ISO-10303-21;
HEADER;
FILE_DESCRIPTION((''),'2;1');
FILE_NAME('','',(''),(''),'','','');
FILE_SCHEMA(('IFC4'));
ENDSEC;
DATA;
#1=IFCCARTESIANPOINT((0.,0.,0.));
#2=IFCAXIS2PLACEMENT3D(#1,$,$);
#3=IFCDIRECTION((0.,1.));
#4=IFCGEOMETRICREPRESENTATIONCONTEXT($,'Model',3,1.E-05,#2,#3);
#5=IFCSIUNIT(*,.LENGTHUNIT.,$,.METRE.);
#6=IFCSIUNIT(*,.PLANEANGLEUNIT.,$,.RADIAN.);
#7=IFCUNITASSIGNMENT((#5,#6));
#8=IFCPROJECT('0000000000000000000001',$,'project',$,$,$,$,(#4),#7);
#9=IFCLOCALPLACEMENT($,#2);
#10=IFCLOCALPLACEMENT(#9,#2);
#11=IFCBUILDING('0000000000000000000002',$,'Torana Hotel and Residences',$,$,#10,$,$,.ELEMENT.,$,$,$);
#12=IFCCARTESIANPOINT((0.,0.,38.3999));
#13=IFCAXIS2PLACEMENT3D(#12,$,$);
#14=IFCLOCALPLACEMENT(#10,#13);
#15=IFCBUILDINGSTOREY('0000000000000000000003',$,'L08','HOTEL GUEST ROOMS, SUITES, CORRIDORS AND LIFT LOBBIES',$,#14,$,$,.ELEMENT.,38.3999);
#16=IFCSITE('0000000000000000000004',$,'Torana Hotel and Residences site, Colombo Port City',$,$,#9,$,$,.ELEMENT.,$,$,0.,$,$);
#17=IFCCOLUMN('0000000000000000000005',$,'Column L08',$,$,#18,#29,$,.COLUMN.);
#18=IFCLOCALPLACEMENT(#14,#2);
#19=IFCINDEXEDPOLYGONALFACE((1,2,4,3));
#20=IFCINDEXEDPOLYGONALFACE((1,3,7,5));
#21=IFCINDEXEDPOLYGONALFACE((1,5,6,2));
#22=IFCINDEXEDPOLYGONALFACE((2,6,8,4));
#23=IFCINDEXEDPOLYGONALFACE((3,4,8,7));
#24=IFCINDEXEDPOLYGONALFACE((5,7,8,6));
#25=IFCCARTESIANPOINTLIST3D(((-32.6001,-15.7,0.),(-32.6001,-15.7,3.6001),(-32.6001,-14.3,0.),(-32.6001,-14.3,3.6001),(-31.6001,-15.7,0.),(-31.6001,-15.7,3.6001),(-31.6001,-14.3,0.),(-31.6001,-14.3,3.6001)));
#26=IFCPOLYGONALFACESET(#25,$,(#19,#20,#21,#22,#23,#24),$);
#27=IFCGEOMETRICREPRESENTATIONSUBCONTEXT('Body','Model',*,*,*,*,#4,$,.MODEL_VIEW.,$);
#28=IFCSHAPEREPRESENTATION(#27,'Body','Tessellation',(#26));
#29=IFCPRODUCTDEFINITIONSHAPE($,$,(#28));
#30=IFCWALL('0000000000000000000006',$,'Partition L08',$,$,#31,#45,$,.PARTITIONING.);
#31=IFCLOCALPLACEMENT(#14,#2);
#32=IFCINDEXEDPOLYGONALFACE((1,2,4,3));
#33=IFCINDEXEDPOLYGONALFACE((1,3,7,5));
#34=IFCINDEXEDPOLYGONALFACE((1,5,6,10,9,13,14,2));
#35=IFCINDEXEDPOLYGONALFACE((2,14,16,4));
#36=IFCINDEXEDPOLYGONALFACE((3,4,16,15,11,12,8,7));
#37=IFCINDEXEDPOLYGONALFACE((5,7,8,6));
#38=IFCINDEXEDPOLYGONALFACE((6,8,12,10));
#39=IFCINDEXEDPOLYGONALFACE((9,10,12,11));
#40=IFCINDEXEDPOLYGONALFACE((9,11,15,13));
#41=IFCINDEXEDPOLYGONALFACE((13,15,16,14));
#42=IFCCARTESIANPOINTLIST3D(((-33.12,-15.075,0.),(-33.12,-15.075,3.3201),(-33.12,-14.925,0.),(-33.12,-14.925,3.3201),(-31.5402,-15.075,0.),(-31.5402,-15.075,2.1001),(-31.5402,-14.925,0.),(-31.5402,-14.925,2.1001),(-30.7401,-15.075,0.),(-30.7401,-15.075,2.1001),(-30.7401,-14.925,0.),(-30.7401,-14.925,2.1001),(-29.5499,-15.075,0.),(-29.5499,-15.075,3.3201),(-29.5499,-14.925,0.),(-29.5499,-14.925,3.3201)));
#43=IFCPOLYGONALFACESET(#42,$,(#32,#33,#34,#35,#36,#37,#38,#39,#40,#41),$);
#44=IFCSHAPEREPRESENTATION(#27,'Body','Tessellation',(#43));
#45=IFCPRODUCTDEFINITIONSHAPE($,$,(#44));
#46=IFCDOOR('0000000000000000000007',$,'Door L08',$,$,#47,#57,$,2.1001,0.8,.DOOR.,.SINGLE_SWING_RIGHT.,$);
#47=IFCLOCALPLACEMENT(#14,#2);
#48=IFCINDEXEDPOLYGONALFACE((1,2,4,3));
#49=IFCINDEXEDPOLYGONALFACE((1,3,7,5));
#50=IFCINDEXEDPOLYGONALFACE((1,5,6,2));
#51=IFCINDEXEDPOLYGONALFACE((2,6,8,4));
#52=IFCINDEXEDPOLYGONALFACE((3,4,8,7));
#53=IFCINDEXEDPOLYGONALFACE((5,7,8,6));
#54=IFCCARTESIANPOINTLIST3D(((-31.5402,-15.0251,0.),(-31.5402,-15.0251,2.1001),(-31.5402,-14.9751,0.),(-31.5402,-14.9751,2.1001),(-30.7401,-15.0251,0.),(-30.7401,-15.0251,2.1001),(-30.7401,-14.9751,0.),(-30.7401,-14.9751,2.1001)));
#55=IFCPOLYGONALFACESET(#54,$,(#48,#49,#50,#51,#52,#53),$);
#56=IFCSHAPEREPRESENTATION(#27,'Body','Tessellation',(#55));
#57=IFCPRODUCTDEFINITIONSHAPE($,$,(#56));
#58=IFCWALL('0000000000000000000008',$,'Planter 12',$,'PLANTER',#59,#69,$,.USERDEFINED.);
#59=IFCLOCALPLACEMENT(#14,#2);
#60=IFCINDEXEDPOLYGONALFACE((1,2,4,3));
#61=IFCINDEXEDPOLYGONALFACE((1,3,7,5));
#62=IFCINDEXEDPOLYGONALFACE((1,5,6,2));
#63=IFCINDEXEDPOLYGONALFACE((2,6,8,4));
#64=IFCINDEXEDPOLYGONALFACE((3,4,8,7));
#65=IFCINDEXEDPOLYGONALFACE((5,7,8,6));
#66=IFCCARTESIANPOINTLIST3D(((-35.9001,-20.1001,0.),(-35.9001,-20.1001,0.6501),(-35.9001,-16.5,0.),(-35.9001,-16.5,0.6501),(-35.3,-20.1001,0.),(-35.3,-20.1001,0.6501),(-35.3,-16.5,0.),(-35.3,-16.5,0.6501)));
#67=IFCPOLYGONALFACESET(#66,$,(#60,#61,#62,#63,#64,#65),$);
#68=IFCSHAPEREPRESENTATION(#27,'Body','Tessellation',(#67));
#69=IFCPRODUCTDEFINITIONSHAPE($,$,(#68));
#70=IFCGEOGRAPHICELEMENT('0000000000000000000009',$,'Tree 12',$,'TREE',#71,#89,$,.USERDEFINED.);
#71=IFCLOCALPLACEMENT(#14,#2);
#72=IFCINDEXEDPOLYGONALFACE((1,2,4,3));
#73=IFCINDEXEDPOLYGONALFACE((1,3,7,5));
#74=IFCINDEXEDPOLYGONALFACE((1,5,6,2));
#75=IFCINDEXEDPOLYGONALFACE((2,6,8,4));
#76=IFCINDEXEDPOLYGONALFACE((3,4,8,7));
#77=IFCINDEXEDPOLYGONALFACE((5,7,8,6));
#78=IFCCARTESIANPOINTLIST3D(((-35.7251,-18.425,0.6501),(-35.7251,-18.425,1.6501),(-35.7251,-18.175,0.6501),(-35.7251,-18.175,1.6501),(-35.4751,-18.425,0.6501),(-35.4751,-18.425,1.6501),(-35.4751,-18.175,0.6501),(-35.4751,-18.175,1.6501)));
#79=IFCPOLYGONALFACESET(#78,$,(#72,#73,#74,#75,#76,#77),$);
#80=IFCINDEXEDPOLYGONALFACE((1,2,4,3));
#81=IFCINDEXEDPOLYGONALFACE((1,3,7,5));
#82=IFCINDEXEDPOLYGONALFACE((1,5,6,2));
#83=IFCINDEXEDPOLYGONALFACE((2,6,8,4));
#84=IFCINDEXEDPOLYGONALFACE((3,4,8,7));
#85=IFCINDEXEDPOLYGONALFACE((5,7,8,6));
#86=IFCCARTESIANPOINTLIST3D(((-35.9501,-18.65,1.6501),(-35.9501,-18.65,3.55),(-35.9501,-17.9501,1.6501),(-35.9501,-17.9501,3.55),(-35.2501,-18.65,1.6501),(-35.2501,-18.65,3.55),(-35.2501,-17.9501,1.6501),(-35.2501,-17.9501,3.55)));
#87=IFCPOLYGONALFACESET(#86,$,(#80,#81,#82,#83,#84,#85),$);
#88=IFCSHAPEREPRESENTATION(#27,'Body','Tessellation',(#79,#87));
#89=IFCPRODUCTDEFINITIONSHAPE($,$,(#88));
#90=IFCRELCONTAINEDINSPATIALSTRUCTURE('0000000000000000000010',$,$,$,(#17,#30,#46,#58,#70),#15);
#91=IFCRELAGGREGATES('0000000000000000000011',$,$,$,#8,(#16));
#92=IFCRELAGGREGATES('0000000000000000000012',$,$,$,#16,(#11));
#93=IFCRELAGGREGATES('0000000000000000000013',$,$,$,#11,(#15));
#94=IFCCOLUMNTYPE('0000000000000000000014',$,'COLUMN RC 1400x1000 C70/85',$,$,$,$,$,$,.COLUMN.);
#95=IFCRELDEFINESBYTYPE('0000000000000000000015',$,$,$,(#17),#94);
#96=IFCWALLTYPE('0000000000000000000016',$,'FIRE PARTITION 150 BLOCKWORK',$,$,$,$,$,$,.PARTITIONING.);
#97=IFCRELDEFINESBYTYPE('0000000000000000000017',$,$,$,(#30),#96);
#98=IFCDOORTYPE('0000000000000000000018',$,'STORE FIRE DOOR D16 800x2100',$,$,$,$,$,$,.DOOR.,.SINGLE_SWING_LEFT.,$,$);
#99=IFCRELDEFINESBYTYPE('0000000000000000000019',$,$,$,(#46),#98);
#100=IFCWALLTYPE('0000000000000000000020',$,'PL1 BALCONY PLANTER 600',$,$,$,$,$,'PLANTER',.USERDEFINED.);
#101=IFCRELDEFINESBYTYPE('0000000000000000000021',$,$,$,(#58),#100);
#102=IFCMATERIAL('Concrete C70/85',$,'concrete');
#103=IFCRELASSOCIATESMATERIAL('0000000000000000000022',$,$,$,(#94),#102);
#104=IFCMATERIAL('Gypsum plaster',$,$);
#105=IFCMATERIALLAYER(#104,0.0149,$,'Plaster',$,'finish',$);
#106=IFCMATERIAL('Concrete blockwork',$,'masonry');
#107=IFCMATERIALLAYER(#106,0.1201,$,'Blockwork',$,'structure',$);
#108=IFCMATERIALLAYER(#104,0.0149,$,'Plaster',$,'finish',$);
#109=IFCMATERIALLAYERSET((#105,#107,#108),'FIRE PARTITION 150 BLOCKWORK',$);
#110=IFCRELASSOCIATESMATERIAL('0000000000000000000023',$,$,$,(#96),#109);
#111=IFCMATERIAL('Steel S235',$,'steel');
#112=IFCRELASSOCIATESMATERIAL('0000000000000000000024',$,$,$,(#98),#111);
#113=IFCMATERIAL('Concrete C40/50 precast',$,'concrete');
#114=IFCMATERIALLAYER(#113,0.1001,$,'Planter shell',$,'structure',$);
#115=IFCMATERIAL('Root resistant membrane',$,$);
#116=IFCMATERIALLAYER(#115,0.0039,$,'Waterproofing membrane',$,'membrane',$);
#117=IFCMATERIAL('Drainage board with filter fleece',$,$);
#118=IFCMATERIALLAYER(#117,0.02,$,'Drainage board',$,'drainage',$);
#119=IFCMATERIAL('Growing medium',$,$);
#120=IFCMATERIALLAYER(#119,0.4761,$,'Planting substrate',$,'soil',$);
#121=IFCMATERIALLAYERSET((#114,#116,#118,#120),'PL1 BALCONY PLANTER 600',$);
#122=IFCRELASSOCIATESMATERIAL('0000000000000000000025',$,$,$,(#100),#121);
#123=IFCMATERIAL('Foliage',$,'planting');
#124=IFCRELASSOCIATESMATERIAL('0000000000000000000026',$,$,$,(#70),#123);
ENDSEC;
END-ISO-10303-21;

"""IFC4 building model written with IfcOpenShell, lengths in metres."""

from ifc_helpers import new_model, si_unit, direction, frame, frame_2d, origin, origin_2d, place, context, subcontext, project, spatial, rectangle, extrude, material, layer, layer_set, material_profile, profile_set, type_object, element, fill, save


model = new_model("IFC4")

# Units and contexts
model_context = context("Model", 3, precision=1e-05, world=origin(), true_north=direction((0.0, 1.0)))
body_context = subcontext(model_context, "Body", "Model", "MODEL_VIEW")
ifc_project = project(units=[si_unit("LENGTHUNIT", "METRE"), si_unit("PLANEANGLEUNIT", "RADIAN")], contexts=[model_context])

# Site, building, storey
site_placement = place(None, origin())
site = spatial("IfcSite", under=ifc_project, at=site_placement, Name="Torana Hotel and Residences site, Colombo Port City", CompositionType="ELEMENT", RefElevation=0.0)
building_placement = place(site_placement, origin())
building = spatial("IfcBuilding", under=site, at=building_placement, Name="Torana Hotel and Residences", CompositionType="ELEMENT")
storey_placement = place(building_placement, frame((0.0, 0.0, 38.3999)))
storey = spatial("IfcBuildingStorey", under=building, at=storey_placement, Name="L08", Description="HOTEL GUEST ROOMS, SUITES, CORRIDORS AND LIFT LOBBIES", CompositionType="ELEMENT", Elevation=38.3999)

# Column
ifc_material_1 = material(Name="Concrete C70/85", Category="concrete")
ifc_material_profile = material_profile(ifc_material_1, rectangle(XDim=1.3999, YDim=1.0, at=origin_2d()), Name="RC 1400x1000")
ifc_profile_set = profile_set([ifc_material_profile], Name="Concrete C70/85")
column_type = type_object("IfcColumnType", Name="COLUMN RC 1400x1000 C70/85", PredefinedType="COLUMN", material=ifc_profile_set)
column_placement = place(storey_placement, frame((-32.1001, -15.0, 0.0), z_axis=(0.0, 0.0, 1.0), x_axis=(0.0, 1.0, 0.0)))
element("IfcColumn", 1, at=column_placement, inside=storey, type_object=column_type, Name="Column L08", PredefinedType="COLUMN", context=body_context, shape_type="SweptSolid", body=[
    extrude(rectangle(XDim=1.3999, YDim=1.0, at=origin_2d()), origin(), (0.0, 0.0, 1.0), 3.6001),
])

# Shared definitions
ifc_material_2 = material(Name="Gypsum plaster")
ifc_layer_1 = layer(ifc_material_2, 0.0149, Name="Plaster", Category="finish")
ifc_material_3 = material(Name="Concrete blockwork", Category="masonry")
ifc_layer_2 = layer(ifc_material_3, 0.1201, Name="Blockwork", Category="structure")
ifc_layer_3 = layer(ifc_material_2, 0.0149, Name="Plaster", Category="finish")
ifc_layer_set_1 = layer_set([ifc_layer_1, ifc_layer_2, ifc_layer_3], Name="FIRE PARTITION 150 BLOCKWORK")
wall_type_1 = type_object("IfcWallType", Name="FIRE PARTITION 150 BLOCKWORK", PredefinedType="PARTITIONING", material=ifc_layer_set_1)

# Wall, opening, door
wall_1_placement = place(storey_placement, frame((-33.1201, -15.0, 0.0), z_axis=(0.0, 0.0, 1.0), x_axis=(1.0, 0.0, 0.0)))
wall_1 = element("IfcWall", 2, at=wall_1_placement, inside=storey, type_object=wall_type_1, Name="Partition L08", PredefinedType="PARTITIONING", context=body_context, shape_type="SweptSolid", body=[
    extrude(rectangle(XDim=3.5701, YDim=0.1499, at=frame_2d((1.7852, 0.0))), origin(), (0.0, 0.0, 1.0), 3.3201),
])
opening_1_placement = place(wall_1_placement, frame((1.5801, 0.0, 0.0)))
opening_1 = element("IfcOpeningElement", 3, at=opening_1_placement, cuts=wall_1, PredefinedType="OPENING", context=body_context, shape_type="SweptSolid", body=[
    extrude(rectangle(XDim=0.8, YDim=2.1001, at=frame_2d((0.3999, 1.05))), frame((0.0, 0.085, 0.0), z_axis=(0.0, -1.0, 0.0), x_axis=(1.0, 0.0, 0.0)), (0.0, 0.0, 1.0), 0.1699),
])
ifc_material_4 = material(Name="Steel S235", Category="steel")
door_type_1 = type_object("IfcDoorType", Name="STORE FIRE DOOR D16 800x2100", OperationType="SINGLE_SWING_LEFT", PredefinedType="DOOR", material=ifc_material_4)
door_1_placement = place(opening_1_placement, origin())
door_1 = element("IfcDoor", 4, at=door_1_placement, inside=storey, type_object=door_type_1, Name="Door L08", OperationType="SINGLE_SWING_RIGHT", OverallHeight=2.1001, OverallWidth=0.8, PredefinedType="DOOR", context=body_context, shape_type="SweptSolid", body=[
    extrude(rectangle(XDim=0.8, YDim=2.1001, at=frame_2d((0.3999, 1.05))), frame((0.0, 0.0249, 0.0), z_axis=(0.0, -1.0, 0.0), x_axis=(1.0, 0.0, 0.0)), (0.0, 0.0, 1.0), 0.05),
])
fill(opening_1, door_1)

# Wall
ifc_material_5 = material(Name="Concrete C40/50 precast", Category="concrete")
ifc_layer_4 = layer(ifc_material_5, 0.1001, Name="Planter shell", Category="structure")
ifc_material_6 = material(Name="Root resistant membrane")
ifc_layer_5 = layer(ifc_material_6, 0.0039, Name="Waterproofing membrane", Category="membrane")
ifc_material_7 = material(Name="Drainage board with filter fleece")
ifc_layer_6 = layer(ifc_material_7, 0.02, Name="Drainage board", Category="drainage")
ifc_material_8 = material(Name="Growing medium")
ifc_layer_7 = layer(ifc_material_8, 0.4761, Name="Planting substrate", Category="soil")
ifc_layer_set_2 = layer_set([ifc_layer_4, ifc_layer_5, ifc_layer_6, ifc_layer_7], Name="PL1 BALCONY PLANTER 600")
wall_type_2 = type_object("IfcWallType", Name="PL1 BALCONY PLANTER 600", ElementType="PLANTER", PredefinedType="USERDEFINED", material=ifc_layer_set_2)
wall_2_placement = place(storey_placement, frame((-35.6001, -20.1001, 0.0), z_axis=(0.0, 0.0, 1.0), x_axis=(0.0, 1.0, 0.0)))
element("IfcWall", 5, at=wall_2_placement, inside=storey, type_object=wall_type_2, Name="Planter 12", ObjectType="PLANTER", PredefinedType="USERDEFINED", context=body_context, shape_type="SweptSolid", body=[
    extrude(rectangle(XDim=3.6001, YDim=0.6001, at=frame_2d((1.8, 0.0))), origin(), (0.0, 0.0, 1.0), 0.6501),
])

# Geographic element
ifc_material_9 = material(Name="Foliage", Category="planting")
geographic_element_placement = place(storey_placement, frame((-35.6001, -18.3, 0.6501), z_axis=(0.0, 0.0, 1.0), x_axis=(1.0, 0.0, 0.0)))
element("IfcGeographicElement", 6, at=geographic_element_placement, inside=storey, material=ifc_material_9, Name="Tree 12", ObjectType="TREE", PredefinedType="USERDEFINED", context=body_context, shape_type="SweptSolid", body=[
    extrude(rectangle(XDim=0.25, YDim=0.25, at=origin_2d()), origin(), (0.0, 0.0, 1.0), 1.0),
    extrude(rectangle(XDim=0.7, YDim=0.7, at=origin_2d()), frame((0.0, 0.0, 1.0)), (0.0, 0.0, 1.0), 1.8999),
])

save(model, "model.ifc")
